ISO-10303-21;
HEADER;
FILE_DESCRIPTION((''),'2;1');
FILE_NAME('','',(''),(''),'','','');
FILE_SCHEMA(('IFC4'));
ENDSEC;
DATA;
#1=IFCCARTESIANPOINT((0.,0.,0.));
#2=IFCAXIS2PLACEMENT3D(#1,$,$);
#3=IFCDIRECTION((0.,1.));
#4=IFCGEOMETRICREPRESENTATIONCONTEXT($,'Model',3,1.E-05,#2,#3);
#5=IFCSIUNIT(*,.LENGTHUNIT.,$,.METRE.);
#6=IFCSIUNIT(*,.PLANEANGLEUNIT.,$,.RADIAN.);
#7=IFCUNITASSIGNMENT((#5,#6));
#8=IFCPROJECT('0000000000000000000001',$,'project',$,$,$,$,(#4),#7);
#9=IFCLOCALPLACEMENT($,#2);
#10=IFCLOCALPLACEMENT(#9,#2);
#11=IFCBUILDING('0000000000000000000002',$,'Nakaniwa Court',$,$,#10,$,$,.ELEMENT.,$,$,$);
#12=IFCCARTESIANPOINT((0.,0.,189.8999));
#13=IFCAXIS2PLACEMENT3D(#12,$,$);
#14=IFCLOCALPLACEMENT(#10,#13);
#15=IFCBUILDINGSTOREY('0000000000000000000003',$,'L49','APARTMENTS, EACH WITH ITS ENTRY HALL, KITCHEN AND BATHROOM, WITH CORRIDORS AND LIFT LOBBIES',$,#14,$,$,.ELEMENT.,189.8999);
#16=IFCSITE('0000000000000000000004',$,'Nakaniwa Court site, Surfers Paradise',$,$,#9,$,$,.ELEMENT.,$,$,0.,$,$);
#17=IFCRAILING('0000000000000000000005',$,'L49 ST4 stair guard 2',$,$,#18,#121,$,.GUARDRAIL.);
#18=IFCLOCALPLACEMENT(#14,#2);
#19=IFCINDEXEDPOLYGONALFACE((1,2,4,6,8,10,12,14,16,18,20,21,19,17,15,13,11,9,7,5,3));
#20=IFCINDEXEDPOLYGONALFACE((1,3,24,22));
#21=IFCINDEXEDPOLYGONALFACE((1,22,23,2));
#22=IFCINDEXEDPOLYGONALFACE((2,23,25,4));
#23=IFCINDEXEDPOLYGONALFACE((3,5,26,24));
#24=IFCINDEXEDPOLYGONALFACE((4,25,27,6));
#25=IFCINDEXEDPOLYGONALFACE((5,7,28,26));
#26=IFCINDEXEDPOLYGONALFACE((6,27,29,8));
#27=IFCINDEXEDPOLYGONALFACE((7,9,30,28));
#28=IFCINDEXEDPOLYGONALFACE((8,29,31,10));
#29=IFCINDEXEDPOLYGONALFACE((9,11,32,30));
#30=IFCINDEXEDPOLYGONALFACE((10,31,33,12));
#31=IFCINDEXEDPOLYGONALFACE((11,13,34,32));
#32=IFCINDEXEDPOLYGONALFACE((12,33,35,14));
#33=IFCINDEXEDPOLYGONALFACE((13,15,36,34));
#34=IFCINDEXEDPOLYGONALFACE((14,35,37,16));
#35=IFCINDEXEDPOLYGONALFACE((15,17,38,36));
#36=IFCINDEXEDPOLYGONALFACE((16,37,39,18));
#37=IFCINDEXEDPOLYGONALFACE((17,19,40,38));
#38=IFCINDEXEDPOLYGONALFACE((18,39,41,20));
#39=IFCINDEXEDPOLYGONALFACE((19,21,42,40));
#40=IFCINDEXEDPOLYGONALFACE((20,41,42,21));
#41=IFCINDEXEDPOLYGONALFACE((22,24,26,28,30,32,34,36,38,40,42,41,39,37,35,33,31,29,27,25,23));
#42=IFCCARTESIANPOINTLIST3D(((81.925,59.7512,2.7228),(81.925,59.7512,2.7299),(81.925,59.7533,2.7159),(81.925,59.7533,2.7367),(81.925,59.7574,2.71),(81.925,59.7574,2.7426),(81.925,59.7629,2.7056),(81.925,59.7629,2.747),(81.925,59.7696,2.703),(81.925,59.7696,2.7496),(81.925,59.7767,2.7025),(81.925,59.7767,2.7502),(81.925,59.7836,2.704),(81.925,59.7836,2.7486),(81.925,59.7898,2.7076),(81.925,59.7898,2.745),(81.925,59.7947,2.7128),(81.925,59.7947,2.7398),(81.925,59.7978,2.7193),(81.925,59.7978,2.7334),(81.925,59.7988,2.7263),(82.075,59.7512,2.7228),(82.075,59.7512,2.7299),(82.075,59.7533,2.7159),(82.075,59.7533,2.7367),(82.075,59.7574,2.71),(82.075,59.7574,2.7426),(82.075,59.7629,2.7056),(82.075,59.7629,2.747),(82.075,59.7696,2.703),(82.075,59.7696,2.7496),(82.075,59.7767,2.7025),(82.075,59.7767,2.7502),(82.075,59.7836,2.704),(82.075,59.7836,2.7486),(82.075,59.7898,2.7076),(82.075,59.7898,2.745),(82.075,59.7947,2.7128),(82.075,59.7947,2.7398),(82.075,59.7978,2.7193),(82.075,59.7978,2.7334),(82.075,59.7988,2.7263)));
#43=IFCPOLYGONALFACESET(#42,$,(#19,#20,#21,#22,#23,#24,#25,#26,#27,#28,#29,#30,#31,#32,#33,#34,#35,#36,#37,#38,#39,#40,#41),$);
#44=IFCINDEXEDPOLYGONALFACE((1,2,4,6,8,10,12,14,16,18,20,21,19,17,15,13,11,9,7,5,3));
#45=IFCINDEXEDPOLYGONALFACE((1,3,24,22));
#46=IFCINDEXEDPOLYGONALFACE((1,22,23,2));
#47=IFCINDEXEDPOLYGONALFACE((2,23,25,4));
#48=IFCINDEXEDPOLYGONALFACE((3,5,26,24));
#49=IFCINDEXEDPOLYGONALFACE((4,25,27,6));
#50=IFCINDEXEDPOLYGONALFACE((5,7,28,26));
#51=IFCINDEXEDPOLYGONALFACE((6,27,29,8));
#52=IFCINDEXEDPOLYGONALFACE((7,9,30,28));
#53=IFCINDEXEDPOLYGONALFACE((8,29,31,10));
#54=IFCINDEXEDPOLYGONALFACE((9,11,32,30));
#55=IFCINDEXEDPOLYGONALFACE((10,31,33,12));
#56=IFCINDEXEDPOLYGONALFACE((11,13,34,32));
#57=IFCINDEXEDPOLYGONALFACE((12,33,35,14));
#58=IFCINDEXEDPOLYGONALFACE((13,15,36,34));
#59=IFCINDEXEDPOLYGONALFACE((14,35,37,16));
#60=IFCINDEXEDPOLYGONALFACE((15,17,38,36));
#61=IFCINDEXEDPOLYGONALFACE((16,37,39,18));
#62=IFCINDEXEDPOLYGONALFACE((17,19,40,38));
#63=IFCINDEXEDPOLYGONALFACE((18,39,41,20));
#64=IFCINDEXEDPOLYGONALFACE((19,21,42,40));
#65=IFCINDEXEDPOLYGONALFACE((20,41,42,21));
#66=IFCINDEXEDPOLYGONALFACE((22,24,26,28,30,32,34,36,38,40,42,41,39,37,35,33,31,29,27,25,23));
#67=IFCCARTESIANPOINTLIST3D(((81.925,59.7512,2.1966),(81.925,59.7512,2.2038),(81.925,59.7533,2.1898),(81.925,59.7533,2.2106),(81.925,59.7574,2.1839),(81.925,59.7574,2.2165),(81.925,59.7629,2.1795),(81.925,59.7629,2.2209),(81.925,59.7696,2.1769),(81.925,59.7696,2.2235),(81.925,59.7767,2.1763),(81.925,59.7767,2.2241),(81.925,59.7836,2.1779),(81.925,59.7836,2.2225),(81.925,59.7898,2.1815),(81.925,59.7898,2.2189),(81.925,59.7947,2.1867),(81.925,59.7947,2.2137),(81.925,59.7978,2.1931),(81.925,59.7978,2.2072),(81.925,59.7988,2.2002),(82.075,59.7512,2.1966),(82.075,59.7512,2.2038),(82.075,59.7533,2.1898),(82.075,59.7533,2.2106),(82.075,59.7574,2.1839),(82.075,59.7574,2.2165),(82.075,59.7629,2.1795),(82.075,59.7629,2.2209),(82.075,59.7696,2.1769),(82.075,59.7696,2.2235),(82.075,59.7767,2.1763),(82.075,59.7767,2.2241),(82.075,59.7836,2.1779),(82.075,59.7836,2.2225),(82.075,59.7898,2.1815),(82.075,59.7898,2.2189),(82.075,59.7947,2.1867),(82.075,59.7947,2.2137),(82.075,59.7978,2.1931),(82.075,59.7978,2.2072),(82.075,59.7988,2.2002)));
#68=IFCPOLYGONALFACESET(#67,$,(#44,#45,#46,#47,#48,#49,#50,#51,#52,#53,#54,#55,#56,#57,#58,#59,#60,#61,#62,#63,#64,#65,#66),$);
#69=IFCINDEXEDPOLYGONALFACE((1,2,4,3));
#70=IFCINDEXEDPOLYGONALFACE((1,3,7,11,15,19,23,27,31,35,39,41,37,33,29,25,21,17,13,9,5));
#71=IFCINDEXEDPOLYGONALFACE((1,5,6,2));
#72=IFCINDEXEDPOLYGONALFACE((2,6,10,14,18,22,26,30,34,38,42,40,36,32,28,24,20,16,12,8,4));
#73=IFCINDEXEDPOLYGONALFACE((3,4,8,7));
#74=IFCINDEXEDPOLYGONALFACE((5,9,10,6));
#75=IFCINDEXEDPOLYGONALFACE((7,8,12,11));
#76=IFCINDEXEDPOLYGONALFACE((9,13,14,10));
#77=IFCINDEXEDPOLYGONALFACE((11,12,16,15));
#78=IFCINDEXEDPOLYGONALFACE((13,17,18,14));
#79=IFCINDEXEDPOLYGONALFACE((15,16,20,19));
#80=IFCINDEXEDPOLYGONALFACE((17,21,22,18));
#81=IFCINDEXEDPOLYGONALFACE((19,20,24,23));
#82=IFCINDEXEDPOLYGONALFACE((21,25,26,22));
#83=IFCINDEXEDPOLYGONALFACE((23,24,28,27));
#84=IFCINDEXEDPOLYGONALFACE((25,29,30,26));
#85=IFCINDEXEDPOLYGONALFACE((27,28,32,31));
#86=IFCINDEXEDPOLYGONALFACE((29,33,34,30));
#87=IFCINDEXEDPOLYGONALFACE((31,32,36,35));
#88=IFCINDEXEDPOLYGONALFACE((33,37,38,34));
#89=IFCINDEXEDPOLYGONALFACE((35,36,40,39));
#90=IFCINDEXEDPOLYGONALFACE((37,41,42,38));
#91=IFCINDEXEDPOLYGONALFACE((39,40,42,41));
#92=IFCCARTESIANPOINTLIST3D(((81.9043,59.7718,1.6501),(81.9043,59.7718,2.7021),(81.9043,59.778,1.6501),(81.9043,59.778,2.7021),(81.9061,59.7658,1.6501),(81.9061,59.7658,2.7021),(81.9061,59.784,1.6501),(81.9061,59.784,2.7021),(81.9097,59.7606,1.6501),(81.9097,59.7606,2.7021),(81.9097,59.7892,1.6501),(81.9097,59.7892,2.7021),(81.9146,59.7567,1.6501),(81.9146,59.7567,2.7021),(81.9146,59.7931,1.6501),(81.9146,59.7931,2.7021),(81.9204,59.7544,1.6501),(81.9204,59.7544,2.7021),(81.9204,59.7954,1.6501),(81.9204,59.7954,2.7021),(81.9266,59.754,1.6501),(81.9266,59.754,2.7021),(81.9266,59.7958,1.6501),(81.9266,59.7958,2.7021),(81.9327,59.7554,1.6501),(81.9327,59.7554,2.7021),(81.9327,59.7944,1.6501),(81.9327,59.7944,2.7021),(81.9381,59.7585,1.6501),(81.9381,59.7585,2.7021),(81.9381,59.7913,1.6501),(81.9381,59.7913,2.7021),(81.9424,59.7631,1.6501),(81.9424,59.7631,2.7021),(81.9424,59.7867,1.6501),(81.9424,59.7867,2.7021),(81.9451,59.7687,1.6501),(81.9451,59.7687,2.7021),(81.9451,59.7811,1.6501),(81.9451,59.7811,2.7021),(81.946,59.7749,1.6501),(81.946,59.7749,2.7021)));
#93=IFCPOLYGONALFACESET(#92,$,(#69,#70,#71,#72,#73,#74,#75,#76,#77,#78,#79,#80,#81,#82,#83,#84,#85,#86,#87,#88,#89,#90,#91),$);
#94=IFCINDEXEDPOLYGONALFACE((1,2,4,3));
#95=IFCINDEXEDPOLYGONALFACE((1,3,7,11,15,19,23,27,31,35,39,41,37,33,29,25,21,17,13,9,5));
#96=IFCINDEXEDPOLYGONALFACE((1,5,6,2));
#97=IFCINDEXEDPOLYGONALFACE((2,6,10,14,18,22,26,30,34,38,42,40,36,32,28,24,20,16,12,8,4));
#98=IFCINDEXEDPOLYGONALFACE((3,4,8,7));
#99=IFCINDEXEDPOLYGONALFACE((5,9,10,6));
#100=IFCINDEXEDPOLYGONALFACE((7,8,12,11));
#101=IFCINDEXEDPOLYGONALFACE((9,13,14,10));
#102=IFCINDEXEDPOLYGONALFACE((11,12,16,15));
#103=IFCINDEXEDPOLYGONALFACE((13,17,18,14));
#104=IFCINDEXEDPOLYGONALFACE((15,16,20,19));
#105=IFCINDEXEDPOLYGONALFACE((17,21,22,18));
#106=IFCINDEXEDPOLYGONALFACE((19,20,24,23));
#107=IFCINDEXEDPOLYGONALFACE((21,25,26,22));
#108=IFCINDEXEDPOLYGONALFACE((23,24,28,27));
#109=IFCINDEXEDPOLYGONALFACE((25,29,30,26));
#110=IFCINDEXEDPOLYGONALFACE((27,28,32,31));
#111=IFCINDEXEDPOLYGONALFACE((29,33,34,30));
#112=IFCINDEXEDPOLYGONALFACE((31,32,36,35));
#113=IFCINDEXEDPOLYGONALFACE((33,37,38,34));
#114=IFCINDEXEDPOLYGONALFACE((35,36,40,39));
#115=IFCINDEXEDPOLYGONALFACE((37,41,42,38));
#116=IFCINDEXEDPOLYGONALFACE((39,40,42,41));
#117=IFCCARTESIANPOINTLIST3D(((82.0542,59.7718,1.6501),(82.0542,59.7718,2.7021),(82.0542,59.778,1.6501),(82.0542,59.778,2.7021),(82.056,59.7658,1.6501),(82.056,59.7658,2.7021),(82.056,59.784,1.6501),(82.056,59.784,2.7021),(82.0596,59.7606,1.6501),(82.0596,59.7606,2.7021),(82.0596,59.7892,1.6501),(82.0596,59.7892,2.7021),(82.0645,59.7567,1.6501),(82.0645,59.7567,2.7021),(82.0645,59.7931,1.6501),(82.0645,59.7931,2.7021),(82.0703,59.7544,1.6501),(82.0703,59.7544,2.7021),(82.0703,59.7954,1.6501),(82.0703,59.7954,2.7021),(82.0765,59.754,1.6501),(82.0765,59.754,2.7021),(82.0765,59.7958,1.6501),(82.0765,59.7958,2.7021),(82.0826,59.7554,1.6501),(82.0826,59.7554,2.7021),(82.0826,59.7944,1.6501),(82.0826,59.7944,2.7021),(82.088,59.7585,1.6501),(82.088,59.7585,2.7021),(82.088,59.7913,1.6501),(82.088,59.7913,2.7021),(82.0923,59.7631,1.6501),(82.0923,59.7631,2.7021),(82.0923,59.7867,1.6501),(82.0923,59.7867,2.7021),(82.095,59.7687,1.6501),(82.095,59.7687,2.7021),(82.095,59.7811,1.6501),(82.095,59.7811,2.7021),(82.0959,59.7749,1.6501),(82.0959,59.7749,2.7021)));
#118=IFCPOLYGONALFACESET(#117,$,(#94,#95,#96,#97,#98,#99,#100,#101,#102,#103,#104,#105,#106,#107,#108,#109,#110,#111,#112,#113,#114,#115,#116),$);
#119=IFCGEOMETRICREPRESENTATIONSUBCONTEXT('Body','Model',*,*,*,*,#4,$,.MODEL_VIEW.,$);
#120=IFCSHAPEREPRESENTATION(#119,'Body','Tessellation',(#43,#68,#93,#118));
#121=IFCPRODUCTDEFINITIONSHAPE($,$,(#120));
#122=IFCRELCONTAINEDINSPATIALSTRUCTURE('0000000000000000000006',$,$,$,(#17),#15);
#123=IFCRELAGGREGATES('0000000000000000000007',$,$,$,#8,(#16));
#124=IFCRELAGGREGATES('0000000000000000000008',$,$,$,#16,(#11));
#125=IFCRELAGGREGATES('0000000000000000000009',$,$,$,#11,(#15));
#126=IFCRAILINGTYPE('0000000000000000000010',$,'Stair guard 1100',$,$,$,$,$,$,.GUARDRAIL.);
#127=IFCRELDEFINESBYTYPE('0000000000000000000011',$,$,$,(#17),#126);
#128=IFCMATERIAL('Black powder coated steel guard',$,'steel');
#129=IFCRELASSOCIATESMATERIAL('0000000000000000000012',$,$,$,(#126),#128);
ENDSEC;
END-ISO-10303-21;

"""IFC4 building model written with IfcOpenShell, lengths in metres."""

from ifc_helpers import new_model, si_unit, direction, frame, origin, origin_2d, place, context, subcontext, project, spatial, circle, extrude, material, type_object, element, save


model = new_model("IFC4")

# Units and contexts
model_context = context("Model", 3, precision=1e-05, world=origin(), true_north=direction((0.0, 1.0)))
body_context = subcontext(model_context, "Body", "Model", "MODEL_VIEW")
ifc_project = project(units=[si_unit("LENGTHUNIT", "METRE"), si_unit("PLANEANGLEUNIT", "RADIAN")], contexts=[model_context])

# Site, building, storey
site_placement = place(None, origin())
site = spatial("IfcSite", under=ifc_project, at=site_placement, Name="Nakaniwa Court site, Surfers Paradise", CompositionType="ELEMENT", RefElevation=0.0)
building_placement = place(site_placement, origin())
building = spatial("IfcBuilding", under=site, at=building_placement, Name="Nakaniwa Court", CompositionType="ELEMENT")
storey_placement = place(building_placement, frame((0.0, 0.0, 189.8999)))
storey = spatial("IfcBuildingStorey", under=building, at=storey_placement, Name="L49", Description="APARTMENTS, EACH WITH ITS ENTRY HALL, KITCHEN AND BATHROOM, WITH CORRIDORS AND LIFT LOBBIES", CompositionType="ELEMENT", Elevation=189.8999)

# Railing
ifc_material_1 = material(Name="Black powder coated steel guard", Category="steel")
railing_type_1 = type_object("IfcRailingType", Name="Stair guard 1100", PredefinedType="GUARDRAIL", material=ifc_material_1)
railing_1_placement = place(storey_placement, frame((81.925, 59.7749, 1.6501)))
element("IfcRailing", 1, at=railing_1_placement, inside=storey, type_object=railing_type_1, Name="L49 ST4 stair guard 2", PredefinedType="GUARDRAIL", context=body_context, shape_type="SweptSolid", body=[
    extrude(circle(Radius=0.0239, at=origin_2d()), frame((0.0, 0.0, 1.0762), z_axis=(1.0, 0.0, 0.0), x_axis=(0.0, 1.0, 0.0)), (0.0, 0.0, 1.0), 0.1499),
    extrude(circle(Radius=0.0239, at=origin_2d()), frame((0.0, 0.0, 0.55), z_axis=(1.0, 0.0, 0.0), x_axis=(0.0, 1.0, 0.0)), (0.0, 0.0, 1.0), 0.1499),
    extrude(circle(Radius=0.021, at=origin_2d()), origin(), (0.0, 0.0, 1.0), 1.052),
    extrude(circle(Radius=0.021, at=origin_2d()), frame((0.1499, 0.0, 0.0)), (0.0, 0.0, 1.0), 1.052),
])

save(model, "model.ifc")
